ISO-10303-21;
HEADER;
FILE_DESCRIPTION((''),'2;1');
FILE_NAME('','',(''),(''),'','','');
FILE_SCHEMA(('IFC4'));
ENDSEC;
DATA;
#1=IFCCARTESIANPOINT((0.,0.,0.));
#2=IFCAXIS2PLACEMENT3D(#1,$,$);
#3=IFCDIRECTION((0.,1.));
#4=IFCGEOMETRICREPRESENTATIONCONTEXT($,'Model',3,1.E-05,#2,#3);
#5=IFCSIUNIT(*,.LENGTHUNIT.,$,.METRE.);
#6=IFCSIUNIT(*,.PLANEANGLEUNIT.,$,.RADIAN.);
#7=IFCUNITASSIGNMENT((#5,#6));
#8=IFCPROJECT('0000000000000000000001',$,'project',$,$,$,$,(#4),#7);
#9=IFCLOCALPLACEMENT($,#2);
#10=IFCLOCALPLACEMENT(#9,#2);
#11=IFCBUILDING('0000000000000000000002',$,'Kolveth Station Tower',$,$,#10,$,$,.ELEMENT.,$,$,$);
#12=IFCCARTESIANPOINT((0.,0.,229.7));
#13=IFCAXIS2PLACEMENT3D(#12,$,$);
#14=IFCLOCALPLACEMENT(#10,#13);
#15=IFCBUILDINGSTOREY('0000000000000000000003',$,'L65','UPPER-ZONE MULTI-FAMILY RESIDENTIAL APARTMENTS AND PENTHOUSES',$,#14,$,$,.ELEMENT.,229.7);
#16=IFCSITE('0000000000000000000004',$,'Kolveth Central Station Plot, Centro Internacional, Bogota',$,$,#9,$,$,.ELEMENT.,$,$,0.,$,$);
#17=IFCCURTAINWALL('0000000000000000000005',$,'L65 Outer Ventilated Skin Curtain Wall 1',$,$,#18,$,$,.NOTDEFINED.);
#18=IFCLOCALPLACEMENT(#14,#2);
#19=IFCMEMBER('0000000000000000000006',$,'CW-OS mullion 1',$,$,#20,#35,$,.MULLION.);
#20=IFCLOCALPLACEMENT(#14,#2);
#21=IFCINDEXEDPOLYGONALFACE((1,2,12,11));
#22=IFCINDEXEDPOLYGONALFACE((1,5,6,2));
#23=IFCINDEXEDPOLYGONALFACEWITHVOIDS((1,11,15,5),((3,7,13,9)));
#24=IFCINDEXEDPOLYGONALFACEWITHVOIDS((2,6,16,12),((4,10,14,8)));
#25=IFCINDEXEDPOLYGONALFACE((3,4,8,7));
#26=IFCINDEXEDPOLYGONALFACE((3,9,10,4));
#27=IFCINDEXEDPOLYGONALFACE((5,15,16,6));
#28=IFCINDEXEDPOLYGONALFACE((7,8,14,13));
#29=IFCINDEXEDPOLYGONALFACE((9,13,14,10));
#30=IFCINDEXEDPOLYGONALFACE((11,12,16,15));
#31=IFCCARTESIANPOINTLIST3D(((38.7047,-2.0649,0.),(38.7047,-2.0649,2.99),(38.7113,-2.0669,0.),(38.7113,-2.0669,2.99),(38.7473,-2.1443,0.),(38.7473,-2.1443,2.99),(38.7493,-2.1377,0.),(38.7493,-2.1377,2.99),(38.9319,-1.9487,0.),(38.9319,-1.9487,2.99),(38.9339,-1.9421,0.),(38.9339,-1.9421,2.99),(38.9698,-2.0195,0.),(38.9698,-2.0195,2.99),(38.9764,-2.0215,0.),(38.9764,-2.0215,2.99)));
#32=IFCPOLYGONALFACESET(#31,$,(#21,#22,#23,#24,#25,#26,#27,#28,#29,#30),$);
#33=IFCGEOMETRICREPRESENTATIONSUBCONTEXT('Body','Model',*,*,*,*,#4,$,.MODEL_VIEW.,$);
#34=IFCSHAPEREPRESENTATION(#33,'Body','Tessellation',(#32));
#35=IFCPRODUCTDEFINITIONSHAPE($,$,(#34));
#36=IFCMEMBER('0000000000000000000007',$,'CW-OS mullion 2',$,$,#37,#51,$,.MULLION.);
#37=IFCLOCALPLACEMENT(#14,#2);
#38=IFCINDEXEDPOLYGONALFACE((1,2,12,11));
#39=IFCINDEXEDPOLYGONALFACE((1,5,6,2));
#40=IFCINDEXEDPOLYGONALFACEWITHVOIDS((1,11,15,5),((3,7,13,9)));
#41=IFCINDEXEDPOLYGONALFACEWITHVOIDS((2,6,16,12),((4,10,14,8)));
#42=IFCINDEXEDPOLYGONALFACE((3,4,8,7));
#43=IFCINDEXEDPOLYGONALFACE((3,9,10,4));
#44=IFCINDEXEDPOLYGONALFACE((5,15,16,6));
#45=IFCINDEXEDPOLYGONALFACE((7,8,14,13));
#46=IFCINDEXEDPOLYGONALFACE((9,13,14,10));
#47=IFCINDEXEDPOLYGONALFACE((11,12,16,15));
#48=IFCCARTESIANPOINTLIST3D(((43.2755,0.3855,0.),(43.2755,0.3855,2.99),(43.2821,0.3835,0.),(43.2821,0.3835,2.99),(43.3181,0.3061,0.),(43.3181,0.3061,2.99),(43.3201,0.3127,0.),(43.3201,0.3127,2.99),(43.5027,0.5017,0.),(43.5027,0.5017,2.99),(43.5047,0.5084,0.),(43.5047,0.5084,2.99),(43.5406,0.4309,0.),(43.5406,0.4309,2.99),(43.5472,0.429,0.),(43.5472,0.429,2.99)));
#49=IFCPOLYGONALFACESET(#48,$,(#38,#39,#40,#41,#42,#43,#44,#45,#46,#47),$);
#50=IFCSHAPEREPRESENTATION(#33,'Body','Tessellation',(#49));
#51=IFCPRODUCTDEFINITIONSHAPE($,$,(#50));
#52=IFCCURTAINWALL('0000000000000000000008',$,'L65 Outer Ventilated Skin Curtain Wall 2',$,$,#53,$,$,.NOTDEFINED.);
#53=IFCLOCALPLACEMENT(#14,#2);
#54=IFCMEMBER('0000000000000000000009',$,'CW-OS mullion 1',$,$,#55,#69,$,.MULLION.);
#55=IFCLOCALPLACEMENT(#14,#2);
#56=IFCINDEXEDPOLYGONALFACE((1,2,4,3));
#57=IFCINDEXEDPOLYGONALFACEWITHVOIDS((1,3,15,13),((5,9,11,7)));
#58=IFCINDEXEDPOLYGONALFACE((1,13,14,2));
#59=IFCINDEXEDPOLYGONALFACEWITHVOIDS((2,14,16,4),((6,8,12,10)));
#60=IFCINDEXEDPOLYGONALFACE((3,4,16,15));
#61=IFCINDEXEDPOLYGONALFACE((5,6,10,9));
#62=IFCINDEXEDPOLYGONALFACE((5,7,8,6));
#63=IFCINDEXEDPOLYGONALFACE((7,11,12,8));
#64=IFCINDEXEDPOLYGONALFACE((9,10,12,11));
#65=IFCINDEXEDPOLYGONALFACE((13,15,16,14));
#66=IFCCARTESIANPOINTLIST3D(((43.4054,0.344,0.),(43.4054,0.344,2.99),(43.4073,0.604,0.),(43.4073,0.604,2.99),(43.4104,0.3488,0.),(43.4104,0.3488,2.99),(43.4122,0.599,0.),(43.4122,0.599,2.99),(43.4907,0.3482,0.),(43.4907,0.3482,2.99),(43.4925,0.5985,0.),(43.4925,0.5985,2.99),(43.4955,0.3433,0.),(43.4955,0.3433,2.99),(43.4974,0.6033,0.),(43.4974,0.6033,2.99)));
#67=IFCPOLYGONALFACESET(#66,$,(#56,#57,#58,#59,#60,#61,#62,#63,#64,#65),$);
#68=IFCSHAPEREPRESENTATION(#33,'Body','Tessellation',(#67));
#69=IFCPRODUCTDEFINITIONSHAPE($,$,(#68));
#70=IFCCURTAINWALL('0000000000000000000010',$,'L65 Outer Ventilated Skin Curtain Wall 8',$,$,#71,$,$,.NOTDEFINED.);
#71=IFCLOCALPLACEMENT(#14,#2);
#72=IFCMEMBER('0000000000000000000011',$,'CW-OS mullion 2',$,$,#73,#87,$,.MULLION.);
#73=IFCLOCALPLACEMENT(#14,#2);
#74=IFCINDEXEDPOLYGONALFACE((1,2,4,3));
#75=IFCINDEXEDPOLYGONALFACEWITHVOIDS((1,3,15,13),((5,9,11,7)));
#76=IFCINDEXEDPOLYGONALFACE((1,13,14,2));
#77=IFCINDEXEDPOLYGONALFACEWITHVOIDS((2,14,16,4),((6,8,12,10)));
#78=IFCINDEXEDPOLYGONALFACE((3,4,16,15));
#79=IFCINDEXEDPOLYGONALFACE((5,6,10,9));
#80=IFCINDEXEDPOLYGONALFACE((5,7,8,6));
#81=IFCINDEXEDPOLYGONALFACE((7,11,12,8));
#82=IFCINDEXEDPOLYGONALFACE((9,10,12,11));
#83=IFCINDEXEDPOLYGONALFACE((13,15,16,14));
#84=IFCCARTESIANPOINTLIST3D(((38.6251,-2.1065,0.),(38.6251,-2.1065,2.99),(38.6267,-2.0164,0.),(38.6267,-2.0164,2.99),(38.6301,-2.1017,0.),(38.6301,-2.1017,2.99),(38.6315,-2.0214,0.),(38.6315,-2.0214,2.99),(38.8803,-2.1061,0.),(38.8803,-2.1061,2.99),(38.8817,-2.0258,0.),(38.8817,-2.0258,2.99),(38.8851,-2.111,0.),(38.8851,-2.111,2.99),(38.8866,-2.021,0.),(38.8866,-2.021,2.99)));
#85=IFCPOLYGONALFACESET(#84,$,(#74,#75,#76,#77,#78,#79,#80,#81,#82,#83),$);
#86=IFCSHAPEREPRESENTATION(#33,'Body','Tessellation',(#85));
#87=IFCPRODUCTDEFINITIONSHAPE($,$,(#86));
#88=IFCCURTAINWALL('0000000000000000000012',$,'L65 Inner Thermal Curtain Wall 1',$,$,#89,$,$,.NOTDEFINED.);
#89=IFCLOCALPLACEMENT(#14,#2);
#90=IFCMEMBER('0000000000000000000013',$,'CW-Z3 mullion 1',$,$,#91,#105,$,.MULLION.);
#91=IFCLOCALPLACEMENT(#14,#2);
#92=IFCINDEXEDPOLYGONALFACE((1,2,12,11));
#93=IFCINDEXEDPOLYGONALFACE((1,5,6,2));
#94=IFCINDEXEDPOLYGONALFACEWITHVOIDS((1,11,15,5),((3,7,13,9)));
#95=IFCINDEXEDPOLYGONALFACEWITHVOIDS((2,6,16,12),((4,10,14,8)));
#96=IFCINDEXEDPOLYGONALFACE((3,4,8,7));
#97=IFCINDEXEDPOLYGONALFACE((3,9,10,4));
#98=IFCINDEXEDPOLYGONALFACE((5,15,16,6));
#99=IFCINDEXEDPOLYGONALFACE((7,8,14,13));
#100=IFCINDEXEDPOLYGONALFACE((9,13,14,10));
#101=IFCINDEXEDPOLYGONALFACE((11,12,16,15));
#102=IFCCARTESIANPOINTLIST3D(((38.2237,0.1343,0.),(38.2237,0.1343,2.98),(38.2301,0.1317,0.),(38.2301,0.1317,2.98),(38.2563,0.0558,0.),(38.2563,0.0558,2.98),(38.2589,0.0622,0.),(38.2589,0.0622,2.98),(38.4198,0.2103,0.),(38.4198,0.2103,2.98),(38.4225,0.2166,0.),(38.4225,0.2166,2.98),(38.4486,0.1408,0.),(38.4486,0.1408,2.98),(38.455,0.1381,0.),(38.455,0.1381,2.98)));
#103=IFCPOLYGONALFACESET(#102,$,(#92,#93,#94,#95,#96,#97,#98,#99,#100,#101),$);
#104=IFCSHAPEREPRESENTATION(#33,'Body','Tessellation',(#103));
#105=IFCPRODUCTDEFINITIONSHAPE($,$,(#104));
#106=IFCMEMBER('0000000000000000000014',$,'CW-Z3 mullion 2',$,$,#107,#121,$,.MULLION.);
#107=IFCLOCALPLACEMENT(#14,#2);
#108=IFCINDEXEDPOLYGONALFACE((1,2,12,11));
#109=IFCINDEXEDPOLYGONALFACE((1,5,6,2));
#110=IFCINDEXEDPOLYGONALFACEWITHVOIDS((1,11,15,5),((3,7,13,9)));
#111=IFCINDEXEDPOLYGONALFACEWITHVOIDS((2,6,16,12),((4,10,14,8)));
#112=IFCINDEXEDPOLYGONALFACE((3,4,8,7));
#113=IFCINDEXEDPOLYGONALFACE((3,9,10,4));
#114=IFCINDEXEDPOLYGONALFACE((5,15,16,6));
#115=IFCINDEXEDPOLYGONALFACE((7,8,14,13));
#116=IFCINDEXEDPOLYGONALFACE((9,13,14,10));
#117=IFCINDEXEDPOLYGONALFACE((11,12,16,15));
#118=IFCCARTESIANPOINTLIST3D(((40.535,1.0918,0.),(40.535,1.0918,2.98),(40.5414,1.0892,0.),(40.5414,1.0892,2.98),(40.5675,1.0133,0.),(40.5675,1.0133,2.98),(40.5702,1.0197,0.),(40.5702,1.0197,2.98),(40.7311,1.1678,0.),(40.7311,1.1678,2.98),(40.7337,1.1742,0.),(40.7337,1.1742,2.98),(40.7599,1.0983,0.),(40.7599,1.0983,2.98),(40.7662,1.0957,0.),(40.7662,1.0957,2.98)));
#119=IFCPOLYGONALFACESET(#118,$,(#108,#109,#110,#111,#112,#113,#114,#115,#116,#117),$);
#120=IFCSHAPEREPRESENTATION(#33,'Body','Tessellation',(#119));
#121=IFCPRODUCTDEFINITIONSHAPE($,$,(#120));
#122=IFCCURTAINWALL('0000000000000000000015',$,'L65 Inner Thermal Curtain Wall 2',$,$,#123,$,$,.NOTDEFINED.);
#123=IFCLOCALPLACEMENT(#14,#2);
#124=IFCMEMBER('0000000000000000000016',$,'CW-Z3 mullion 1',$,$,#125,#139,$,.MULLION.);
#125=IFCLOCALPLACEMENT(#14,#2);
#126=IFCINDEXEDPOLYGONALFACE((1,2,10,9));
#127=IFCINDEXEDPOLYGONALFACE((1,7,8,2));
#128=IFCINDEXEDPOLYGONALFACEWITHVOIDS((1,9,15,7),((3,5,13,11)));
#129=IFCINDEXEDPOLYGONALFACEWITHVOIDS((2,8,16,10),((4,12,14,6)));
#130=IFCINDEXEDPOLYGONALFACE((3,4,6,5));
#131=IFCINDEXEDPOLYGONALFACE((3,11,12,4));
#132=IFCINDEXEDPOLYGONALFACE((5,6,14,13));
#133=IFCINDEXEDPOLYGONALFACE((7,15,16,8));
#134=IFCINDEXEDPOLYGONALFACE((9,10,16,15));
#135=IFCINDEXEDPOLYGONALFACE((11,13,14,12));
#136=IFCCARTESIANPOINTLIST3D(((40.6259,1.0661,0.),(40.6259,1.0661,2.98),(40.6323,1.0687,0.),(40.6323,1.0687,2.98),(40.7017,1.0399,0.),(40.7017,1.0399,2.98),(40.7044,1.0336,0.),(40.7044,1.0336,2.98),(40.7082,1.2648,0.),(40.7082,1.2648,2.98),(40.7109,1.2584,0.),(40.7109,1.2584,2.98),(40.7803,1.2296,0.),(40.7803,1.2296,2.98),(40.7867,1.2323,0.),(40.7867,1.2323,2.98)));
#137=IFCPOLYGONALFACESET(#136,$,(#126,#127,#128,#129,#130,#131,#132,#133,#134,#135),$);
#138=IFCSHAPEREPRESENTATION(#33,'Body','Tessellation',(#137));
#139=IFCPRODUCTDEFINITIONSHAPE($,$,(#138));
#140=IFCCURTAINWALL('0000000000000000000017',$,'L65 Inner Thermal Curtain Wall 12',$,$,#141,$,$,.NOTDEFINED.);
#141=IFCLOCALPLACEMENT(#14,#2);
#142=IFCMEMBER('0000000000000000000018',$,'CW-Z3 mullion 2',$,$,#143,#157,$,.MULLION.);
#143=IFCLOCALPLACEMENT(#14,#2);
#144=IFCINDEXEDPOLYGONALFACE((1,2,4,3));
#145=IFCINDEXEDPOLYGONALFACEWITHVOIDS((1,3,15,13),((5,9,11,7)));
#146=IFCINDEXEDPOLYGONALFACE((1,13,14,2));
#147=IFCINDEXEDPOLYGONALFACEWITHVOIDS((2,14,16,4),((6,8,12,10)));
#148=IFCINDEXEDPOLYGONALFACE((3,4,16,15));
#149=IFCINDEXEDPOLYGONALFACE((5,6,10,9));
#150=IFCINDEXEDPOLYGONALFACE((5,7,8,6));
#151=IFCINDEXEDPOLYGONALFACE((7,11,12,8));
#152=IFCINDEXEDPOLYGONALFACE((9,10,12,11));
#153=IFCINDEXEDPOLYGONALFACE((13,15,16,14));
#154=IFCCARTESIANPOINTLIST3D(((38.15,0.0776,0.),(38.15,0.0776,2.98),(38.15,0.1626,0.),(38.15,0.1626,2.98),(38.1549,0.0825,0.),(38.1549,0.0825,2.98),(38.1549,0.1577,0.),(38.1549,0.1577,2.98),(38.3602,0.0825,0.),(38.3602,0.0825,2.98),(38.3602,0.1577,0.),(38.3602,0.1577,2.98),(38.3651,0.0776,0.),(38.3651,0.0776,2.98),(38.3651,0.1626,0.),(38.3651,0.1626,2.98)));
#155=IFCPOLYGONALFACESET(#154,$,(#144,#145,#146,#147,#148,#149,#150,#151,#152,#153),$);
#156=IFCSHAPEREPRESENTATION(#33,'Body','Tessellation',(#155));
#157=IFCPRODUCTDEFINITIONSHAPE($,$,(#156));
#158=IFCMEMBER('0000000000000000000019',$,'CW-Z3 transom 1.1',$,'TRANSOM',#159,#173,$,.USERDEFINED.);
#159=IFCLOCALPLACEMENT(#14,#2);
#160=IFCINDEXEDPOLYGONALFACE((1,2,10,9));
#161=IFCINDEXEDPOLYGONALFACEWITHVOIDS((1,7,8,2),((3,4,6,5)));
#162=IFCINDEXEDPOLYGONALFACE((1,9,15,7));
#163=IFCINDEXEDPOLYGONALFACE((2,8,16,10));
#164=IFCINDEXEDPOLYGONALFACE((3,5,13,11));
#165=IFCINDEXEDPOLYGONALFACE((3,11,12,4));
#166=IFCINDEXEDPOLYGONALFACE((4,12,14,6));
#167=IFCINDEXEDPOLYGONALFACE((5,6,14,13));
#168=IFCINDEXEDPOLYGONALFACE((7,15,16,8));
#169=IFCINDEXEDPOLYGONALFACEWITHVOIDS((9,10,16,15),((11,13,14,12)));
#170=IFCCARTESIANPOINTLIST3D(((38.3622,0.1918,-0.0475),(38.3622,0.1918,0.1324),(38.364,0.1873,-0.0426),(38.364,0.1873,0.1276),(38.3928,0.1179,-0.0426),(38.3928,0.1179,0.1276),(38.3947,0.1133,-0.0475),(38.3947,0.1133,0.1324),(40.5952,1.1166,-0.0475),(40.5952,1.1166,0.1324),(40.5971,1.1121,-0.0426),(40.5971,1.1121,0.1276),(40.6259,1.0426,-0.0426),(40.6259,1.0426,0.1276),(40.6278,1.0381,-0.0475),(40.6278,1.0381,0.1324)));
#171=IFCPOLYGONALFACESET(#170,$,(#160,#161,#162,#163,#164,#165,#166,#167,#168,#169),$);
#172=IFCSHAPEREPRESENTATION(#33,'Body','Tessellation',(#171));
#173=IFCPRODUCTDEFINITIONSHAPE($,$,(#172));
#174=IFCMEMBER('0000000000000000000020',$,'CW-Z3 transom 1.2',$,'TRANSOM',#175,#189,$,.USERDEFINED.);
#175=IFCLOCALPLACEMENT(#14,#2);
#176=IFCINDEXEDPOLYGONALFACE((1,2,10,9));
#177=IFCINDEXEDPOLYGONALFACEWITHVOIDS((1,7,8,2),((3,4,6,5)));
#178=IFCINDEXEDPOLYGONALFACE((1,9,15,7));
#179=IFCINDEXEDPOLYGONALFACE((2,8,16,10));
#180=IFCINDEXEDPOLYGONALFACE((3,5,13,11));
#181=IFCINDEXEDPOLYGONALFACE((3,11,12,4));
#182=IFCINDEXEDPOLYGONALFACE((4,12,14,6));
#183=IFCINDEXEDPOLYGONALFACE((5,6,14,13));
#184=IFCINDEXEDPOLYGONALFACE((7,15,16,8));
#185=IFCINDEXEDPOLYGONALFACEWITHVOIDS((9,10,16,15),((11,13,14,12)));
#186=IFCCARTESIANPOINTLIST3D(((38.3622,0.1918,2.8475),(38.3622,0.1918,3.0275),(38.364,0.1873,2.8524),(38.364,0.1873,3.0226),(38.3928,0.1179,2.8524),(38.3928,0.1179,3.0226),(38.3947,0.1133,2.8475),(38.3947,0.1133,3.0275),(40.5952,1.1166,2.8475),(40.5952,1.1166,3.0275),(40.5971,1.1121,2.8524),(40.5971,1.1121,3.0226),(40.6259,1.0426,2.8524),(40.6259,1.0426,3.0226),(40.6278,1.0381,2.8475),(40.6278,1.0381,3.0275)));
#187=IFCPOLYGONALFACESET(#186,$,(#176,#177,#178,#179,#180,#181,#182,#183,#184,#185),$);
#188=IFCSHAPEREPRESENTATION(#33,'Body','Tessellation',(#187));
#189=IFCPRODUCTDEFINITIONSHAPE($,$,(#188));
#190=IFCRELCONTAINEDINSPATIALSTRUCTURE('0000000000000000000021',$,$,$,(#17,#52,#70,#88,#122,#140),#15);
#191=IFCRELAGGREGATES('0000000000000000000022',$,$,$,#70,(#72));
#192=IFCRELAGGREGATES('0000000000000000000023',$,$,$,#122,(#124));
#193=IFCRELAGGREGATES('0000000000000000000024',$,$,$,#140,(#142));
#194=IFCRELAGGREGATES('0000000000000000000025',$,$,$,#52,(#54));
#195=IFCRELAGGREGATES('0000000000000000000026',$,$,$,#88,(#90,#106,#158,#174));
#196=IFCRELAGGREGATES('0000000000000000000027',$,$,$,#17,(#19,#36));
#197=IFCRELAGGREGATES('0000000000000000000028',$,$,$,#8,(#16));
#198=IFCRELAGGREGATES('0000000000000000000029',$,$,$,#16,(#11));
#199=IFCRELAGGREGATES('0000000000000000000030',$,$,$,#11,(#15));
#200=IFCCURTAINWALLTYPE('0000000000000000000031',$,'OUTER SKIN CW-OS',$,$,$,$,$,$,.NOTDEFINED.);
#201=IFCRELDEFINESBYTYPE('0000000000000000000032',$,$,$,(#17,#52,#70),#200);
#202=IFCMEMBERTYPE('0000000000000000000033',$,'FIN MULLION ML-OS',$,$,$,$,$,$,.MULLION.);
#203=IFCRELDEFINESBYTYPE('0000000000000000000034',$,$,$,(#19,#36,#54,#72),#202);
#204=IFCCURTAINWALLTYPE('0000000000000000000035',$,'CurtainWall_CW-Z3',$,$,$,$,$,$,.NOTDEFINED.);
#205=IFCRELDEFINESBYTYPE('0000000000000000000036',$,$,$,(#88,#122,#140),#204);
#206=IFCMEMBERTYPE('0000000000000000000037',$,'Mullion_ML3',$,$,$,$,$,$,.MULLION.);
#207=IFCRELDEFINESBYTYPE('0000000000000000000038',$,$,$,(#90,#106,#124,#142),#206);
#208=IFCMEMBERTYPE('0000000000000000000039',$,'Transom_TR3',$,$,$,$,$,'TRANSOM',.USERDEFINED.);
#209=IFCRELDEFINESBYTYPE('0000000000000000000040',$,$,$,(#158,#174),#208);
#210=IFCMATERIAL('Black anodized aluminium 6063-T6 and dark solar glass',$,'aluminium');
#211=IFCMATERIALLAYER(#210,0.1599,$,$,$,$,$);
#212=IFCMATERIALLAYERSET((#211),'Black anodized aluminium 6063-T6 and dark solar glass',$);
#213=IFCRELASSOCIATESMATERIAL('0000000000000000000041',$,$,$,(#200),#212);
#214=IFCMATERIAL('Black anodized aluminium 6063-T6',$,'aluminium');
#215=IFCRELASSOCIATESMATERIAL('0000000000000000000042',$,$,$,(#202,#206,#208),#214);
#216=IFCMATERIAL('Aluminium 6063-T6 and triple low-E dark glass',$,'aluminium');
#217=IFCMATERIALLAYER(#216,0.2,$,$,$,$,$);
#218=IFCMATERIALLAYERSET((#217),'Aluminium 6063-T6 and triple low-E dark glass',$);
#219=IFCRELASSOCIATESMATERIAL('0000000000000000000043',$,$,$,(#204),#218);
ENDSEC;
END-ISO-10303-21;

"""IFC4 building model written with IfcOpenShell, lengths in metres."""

from ifc_helpers import new_model, si_unit, direction, frame, origin, origin_2d, place, context, subcontext, project, spatial, hollow_rectangle, extrude, source, transform, mapped, material, layer, layer_set, material_profile, profile_set, type_object, element, aggregate, save


model = new_model("IFC4")

# Units and contexts
model_context = context("Model", 3, precision=1e-05, world=origin(), true_north=direction((0.0, 1.0)))
body_context = subcontext(model_context, "Body", "Model", "MODEL_VIEW")
ifc_project = project(units=[si_unit("LENGTHUNIT", "METRE"), si_unit("PLANEANGLEUNIT", "RADIAN")], contexts=[model_context])

# Site, building, storey
site_placement = place(None, origin())
site = spatial("IfcSite", under=ifc_project, at=site_placement, Name="Kolveth Central Station Plot, Centro Internacional, Bogota", CompositionType="ELEMENT", RefElevation=0.0)
building_placement = place(site_placement, origin())
building = spatial("IfcBuilding", under=site, at=building_placement, Name="Kolveth Station Tower", CompositionType="ELEMENT")
storey_placement = place(building_placement, frame((0.0, 0.0, 229.7)))
storey = spatial("IfcBuildingStorey", under=building, at=storey_placement, Name="L65", Description="UPPER-ZONE MULTI-FAMILY RESIDENTIAL APARTMENTS AND PENTHOUSES", CompositionType="ELEMENT", Elevation=229.7)

# Curtain wall, members
ifc_material_1 = material(Name="Black anodized aluminium 6063-T6 and dark solar glass", Category="aluminium")
ifc_layer_1 = layer(ifc_material_1, 0.1599)
ifc_layer_set_1 = layer_set([ifc_layer_1], Name="Black anodized aluminium 6063-T6 and dark solar glass")
curtain_wall_type_1 = type_object("IfcCurtainWallType", Name="OUTER SKIN CW-OS", PredefinedType="NOTDEFINED", material=ifc_layer_set_1)
curtain_wall_1_placement = place(storey_placement, origin())
curtain_wall_1 = element("IfcCurtainWall", 1, at=curtain_wall_1_placement, inside=storey, type_object=curtain_wall_type_1, Name="L65 Outer Ventilated Skin Curtain Wall 1", PredefinedType="NOTDEFINED")
ifc_material_2 = material(Name="Black anodized aluminium 6063-T6", Category="aluminium")
ifc_material_profile_1 = material_profile(ifc_material_2, hollow_rectangle(XDim=0.0901, YDim=0.26, WallThickness=0.0049, at=origin_2d()), Name="ALU-90x260x5")
ifc_profile_set_1 = profile_set([ifc_material_profile_1], Name="Black anodized aluminium 6063-T6")
member_type_1 = type_object("IfcMemberType", Name="FIN MULLION ML-OS", PredefinedType="MULLION", material=ifc_profile_set_1)
shared_shape_1 = source(origin(), body_context, "Body", "SweptSolid", [
    extrude(hollow_rectangle(XDim=0.0901, YDim=0.26, WallThickness=0.0049, at=origin_2d()), origin(), (0.0, 0.0, 1.0), 2.99),
])
member_1_placement = place(storey_placement, frame((38.8406, -2.0432, 0.0), z_axis=(0.0, 0.0, 1.0), x_axis=(-0.47249, 0.881336, 0.0)))
member_1 = element("IfcMember", 2, at=member_1_placement, type_object=member_type_1, Name="CW-OS mullion 1", PredefinedType="MULLION", context=body_context, shape_type="MappedRepresentation", body=[
    mapped(shared_shape_1, transform((0.0, 0.0, 0.0), x_axis=(1.0, 0.0, 0.0), y_axis=(0.0, 1.0, 0.0), z_axis=(0.0, 0.0, 1.0), scale=1.0)),
])
member_2_placement = place(storey_placement, frame((43.4114, 0.4072, 0.0), z_axis=(0.0, 0.0, 1.0), x_axis=(-0.47249, 0.881336, 0.0)))
member_2 = element("IfcMember", 3, at=member_2_placement, type_object=member_type_1, Name="CW-OS mullion 2", PredefinedType="MULLION", context=body_context, shape_type="MappedRepresentation", body=[
    mapped(shared_shape_1, transform((0.0, 0.0, 0.0), x_axis=(1.0, 0.0, 0.0), y_axis=(0.0, 1.0, 0.0), z_axis=(0.0, 0.0, 1.0), scale=1.0)),
])

# Curtain walls, members
curtain_wall_2_placement = place(storey_placement, origin())
curtain_wall_2 = element("IfcCurtainWall", 4, at=curtain_wall_2_placement, inside=storey, type_object=curtain_wall_type_1, Name="L65 Outer Ventilated Skin Curtain Wall 2", PredefinedType="NOTDEFINED")
member_3_placement = place(storey_placement, frame((43.4514, 0.4736, 0.0), z_axis=(0.0, 0.0, 1.0), x_axis=(-0.999974, 0.007187, 0.0)))
member_3 = element("IfcMember", 5, at=member_3_placement, type_object=member_type_1, Name="CW-OS mullion 1", PredefinedType="MULLION", context=body_context, shape_type="MappedRepresentation", body=[
    mapped(shared_shape_1, transform((0.0, 0.0, 0.0), x_axis=(1.0, 0.0, 0.0), y_axis=(0.0, 1.0, 0.0), z_axis=(0.0, 0.0, 1.0), scale=1.0)),
])
curtain_wall_3_placement = place(storey_placement, origin())
curtain_wall_3 = element("IfcCurtainWall", 6, at=curtain_wall_3_placement, inside=storey, type_object=curtain_wall_type_1, Name="L65 Outer Ventilated Skin Curtain Wall 8", PredefinedType="NOTDEFINED")
member_4_placement = place(storey_placement, frame((38.7559, -2.0637, 0.0), z_axis=(0.0, 0.0, 1.0), x_axis=(0.017489, 0.999847, 0.0)))
member_4 = element("IfcMember", 7, at=member_4_placement, type_object=member_type_1, Name="CW-OS mullion 2", PredefinedType="MULLION", context=body_context, shape_type="MappedRepresentation", body=[
    mapped(shared_shape_1, transform((0.0, 0.0, 0.0), x_axis=(1.0, 0.0, 0.0), y_axis=(0.0, 1.0, 0.0), z_axis=(0.0, 0.0, 1.0), scale=1.0)),
])
aggregate(curtain_wall_3, [member_4])

# Curtain wall, members
ifc_material_3 = material(Name="Aluminium 6063-T6 and triple low-E dark glass", Category="aluminium")
ifc_layer_2 = layer(ifc_material_3, 0.2)
ifc_layer_set_2 = layer_set([ifc_layer_2], Name="Aluminium 6063-T6 and triple low-E dark glass")
curtain_wall_type_2 = type_object("IfcCurtainWallType", Name="CurtainWall_CW-Z3", PredefinedType="NOTDEFINED", material=ifc_layer_set_2)
curtain_wall_4_placement = place(storey_placement, origin())
curtain_wall_4 = element("IfcCurtainWall", 8, at=curtain_wall_4_placement, inside=storey, type_object=curtain_wall_type_2, Name="L65 Inner Thermal Curtain Wall 1", PredefinedType="NOTDEFINED")
ifc_material_profile_2 = material_profile(ifc_material_2, hollow_rectangle(XDim=0.085, YDim=0.2151, WallThickness=0.0049, at=origin_2d()), Name="ALU-85x215x5")
ifc_profile_set_2 = profile_set([ifc_material_profile_2], Name="Black anodized aluminium 6063-T6")
member_type_2 = type_object("IfcMemberType", Name="Mullion_ML3", PredefinedType="MULLION", material=ifc_profile_set_2)
shared_shape_2 = source(origin(), body_context, "Body", "SweptSolid", [
    extrude(hollow_rectangle(XDim=0.085, YDim=0.2151, WallThickness=0.0049, at=origin_2d()), origin(), (0.0, 0.0, 1.0), 2.98),
])
member_5_placement = place(storey_placement, frame((38.3394, 0.1362, 0.0), z_axis=(0.0, 0.0, 1.0), x_axis=(-0.382693, 0.923875, 0.0)))
member_5 = element("IfcMember", 9, at=member_5_placement, type_object=member_type_2, Name="CW-Z3 mullion 1", PredefinedType="MULLION", context=body_context, shape_type="MappedRepresentation", body=[
    mapped(shared_shape_2, transform((0.0, 0.0, 0.0), x_axis=(1.0, 0.0, 0.0), y_axis=(0.0, 1.0, 0.0), z_axis=(0.0, 0.0, 1.0), scale=1.0)),
])
member_6_placement = place(storey_placement, frame((40.6506, 1.0938, 0.0), z_axis=(0.0, 0.0, 1.0), x_axis=(-0.382693, 0.923875, 0.0)))
member_6 = element("IfcMember", 10, at=member_6_placement, type_object=member_type_2, Name="CW-Z3 mullion 2", PredefinedType="MULLION", context=body_context, shape_type="MappedRepresentation", body=[
    mapped(shared_shape_2, transform((0.0, 0.0, 0.0), x_axis=(1.0, 0.0, 0.0), y_axis=(0.0, 1.0, 0.0), z_axis=(0.0, 0.0, 1.0), scale=1.0)),
])

# Curtain walls, members
curtain_wall_5_placement = place(storey_placement, origin())
curtain_wall_5 = element("IfcCurtainWall", 11, at=curtain_wall_5_placement, inside=storey, type_object=curtain_wall_type_2, Name="L65 Inner Thermal Curtain Wall 2", PredefinedType="NOTDEFINED")
member_7_placement = place(storey_placement, frame((40.7063, 1.1492, 0.0), z_axis=(0.0, 0.0, 1.0), x_axis=(-0.923875, 0.382693, 0.0)))
member_7 = element("IfcMember", 12, at=member_7_placement, type_object=member_type_2, Name="CW-Z3 mullion 1", PredefinedType="MULLION", context=body_context, shape_type="MappedRepresentation", body=[
    mapped(shared_shape_2, transform((0.0, 0.0, 0.0), x_axis=(1.0, 0.0, 0.0), y_axis=(0.0, 1.0, 0.0), z_axis=(0.0, 0.0, 1.0), scale=1.0)),
])
aggregate(curtain_wall_5, [member_7])
curtain_wall_6_placement = place(storey_placement, origin())
curtain_wall_6 = element("IfcCurtainWall", 13, at=curtain_wall_6_placement, inside=storey, type_object=curtain_wall_type_2, Name="L65 Inner Thermal Curtain Wall 12", PredefinedType="NOTDEFINED")
member_8_placement = place(storey_placement, frame((38.2576, 0.1201, 0.0), z_axis=(0.0, 0.0, 1.0), x_axis=(0.0, 1.0, 0.0)))
member_8 = element("IfcMember", 14, at=member_8_placement, type_object=member_type_2, Name="CW-Z3 mullion 2", PredefinedType="MULLION", context=body_context, shape_type="MappedRepresentation", body=[
    mapped(shared_shape_2, transform((0.0, 0.0, 0.0), x_axis=(1.0, 0.0, 0.0), y_axis=(0.0, 1.0, 0.0), z_axis=(0.0, 0.0, 1.0), scale=1.0)),
])
aggregate(curtain_wall_6, [member_8])

# Members
ifc_material_profile_3 = material_profile(ifc_material_2, hollow_rectangle(XDim=0.085, YDim=0.1799, WallThickness=0.0049, at=origin_2d()), Name="ALU-85x180x5")
ifc_profile_set_3 = profile_set([ifc_material_profile_3], Name="Black anodized aluminium 6063-T6")
member_type_3 = type_object("IfcMemberType", Name="Transom_TR3", ElementType="TRANSOM", PredefinedType="USERDEFINED", material=ifc_profile_set_3)
shared_shape_3 = source(origin(), body_context, "Body", "SweptSolid", [
    extrude(hollow_rectangle(XDim=0.085, YDim=0.1799, WallThickness=0.0049, at=origin_2d()), origin(), (0.0, 0.0, 1.0), 2.417),
])
member_9_placement = place(storey_placement, frame((38.3784, 0.1526, 0.0425), z_axis=(0.923909, 0.382613, 0.0), x_axis=(-0.382613, 0.923909, 0.0)))
member_9 = element("IfcMember", 15, at=member_9_placement, type_object=member_type_3, Name="CW-Z3 transom 1.1", ObjectType="TRANSOM", PredefinedType="USERDEFINED", context=body_context, shape_type="MappedRepresentation", body=[
    mapped(shared_shape_3, transform((0.0, 0.0, 0.0), x_axis=(1.0, 0.0, 0.0), y_axis=(0.0, 1.0, 0.0), z_axis=(0.0, 0.0, 1.0), scale=1.0)),
])
member_10_placement = place(storey_placement, frame((38.3784, 0.1526, 2.9375), z_axis=(0.923909, 0.382613, 0.0), x_axis=(-0.382613, 0.923909, 0.0)))
member_10 = element("IfcMember", 16, at=member_10_placement, type_object=member_type_3, Name="CW-Z3 transom 1.2", ObjectType="TRANSOM", PredefinedType="USERDEFINED", context=body_context, shape_type="MappedRepresentation", body=[
    mapped(shared_shape_3, transform((0.0, 0.0, 0.0), x_axis=(1.0, 0.0, 0.0), y_axis=(0.0, 1.0, 0.0), z_axis=(0.0, 0.0, 1.0), scale=1.0)),
])
aggregate(curtain_wall_2, [member_3])

aggregate(curtain_wall_4, [member_5, member_6, member_9, member_10])
aggregate(curtain_wall_1, [member_1, member_2])

save(model, "model.ifc")
